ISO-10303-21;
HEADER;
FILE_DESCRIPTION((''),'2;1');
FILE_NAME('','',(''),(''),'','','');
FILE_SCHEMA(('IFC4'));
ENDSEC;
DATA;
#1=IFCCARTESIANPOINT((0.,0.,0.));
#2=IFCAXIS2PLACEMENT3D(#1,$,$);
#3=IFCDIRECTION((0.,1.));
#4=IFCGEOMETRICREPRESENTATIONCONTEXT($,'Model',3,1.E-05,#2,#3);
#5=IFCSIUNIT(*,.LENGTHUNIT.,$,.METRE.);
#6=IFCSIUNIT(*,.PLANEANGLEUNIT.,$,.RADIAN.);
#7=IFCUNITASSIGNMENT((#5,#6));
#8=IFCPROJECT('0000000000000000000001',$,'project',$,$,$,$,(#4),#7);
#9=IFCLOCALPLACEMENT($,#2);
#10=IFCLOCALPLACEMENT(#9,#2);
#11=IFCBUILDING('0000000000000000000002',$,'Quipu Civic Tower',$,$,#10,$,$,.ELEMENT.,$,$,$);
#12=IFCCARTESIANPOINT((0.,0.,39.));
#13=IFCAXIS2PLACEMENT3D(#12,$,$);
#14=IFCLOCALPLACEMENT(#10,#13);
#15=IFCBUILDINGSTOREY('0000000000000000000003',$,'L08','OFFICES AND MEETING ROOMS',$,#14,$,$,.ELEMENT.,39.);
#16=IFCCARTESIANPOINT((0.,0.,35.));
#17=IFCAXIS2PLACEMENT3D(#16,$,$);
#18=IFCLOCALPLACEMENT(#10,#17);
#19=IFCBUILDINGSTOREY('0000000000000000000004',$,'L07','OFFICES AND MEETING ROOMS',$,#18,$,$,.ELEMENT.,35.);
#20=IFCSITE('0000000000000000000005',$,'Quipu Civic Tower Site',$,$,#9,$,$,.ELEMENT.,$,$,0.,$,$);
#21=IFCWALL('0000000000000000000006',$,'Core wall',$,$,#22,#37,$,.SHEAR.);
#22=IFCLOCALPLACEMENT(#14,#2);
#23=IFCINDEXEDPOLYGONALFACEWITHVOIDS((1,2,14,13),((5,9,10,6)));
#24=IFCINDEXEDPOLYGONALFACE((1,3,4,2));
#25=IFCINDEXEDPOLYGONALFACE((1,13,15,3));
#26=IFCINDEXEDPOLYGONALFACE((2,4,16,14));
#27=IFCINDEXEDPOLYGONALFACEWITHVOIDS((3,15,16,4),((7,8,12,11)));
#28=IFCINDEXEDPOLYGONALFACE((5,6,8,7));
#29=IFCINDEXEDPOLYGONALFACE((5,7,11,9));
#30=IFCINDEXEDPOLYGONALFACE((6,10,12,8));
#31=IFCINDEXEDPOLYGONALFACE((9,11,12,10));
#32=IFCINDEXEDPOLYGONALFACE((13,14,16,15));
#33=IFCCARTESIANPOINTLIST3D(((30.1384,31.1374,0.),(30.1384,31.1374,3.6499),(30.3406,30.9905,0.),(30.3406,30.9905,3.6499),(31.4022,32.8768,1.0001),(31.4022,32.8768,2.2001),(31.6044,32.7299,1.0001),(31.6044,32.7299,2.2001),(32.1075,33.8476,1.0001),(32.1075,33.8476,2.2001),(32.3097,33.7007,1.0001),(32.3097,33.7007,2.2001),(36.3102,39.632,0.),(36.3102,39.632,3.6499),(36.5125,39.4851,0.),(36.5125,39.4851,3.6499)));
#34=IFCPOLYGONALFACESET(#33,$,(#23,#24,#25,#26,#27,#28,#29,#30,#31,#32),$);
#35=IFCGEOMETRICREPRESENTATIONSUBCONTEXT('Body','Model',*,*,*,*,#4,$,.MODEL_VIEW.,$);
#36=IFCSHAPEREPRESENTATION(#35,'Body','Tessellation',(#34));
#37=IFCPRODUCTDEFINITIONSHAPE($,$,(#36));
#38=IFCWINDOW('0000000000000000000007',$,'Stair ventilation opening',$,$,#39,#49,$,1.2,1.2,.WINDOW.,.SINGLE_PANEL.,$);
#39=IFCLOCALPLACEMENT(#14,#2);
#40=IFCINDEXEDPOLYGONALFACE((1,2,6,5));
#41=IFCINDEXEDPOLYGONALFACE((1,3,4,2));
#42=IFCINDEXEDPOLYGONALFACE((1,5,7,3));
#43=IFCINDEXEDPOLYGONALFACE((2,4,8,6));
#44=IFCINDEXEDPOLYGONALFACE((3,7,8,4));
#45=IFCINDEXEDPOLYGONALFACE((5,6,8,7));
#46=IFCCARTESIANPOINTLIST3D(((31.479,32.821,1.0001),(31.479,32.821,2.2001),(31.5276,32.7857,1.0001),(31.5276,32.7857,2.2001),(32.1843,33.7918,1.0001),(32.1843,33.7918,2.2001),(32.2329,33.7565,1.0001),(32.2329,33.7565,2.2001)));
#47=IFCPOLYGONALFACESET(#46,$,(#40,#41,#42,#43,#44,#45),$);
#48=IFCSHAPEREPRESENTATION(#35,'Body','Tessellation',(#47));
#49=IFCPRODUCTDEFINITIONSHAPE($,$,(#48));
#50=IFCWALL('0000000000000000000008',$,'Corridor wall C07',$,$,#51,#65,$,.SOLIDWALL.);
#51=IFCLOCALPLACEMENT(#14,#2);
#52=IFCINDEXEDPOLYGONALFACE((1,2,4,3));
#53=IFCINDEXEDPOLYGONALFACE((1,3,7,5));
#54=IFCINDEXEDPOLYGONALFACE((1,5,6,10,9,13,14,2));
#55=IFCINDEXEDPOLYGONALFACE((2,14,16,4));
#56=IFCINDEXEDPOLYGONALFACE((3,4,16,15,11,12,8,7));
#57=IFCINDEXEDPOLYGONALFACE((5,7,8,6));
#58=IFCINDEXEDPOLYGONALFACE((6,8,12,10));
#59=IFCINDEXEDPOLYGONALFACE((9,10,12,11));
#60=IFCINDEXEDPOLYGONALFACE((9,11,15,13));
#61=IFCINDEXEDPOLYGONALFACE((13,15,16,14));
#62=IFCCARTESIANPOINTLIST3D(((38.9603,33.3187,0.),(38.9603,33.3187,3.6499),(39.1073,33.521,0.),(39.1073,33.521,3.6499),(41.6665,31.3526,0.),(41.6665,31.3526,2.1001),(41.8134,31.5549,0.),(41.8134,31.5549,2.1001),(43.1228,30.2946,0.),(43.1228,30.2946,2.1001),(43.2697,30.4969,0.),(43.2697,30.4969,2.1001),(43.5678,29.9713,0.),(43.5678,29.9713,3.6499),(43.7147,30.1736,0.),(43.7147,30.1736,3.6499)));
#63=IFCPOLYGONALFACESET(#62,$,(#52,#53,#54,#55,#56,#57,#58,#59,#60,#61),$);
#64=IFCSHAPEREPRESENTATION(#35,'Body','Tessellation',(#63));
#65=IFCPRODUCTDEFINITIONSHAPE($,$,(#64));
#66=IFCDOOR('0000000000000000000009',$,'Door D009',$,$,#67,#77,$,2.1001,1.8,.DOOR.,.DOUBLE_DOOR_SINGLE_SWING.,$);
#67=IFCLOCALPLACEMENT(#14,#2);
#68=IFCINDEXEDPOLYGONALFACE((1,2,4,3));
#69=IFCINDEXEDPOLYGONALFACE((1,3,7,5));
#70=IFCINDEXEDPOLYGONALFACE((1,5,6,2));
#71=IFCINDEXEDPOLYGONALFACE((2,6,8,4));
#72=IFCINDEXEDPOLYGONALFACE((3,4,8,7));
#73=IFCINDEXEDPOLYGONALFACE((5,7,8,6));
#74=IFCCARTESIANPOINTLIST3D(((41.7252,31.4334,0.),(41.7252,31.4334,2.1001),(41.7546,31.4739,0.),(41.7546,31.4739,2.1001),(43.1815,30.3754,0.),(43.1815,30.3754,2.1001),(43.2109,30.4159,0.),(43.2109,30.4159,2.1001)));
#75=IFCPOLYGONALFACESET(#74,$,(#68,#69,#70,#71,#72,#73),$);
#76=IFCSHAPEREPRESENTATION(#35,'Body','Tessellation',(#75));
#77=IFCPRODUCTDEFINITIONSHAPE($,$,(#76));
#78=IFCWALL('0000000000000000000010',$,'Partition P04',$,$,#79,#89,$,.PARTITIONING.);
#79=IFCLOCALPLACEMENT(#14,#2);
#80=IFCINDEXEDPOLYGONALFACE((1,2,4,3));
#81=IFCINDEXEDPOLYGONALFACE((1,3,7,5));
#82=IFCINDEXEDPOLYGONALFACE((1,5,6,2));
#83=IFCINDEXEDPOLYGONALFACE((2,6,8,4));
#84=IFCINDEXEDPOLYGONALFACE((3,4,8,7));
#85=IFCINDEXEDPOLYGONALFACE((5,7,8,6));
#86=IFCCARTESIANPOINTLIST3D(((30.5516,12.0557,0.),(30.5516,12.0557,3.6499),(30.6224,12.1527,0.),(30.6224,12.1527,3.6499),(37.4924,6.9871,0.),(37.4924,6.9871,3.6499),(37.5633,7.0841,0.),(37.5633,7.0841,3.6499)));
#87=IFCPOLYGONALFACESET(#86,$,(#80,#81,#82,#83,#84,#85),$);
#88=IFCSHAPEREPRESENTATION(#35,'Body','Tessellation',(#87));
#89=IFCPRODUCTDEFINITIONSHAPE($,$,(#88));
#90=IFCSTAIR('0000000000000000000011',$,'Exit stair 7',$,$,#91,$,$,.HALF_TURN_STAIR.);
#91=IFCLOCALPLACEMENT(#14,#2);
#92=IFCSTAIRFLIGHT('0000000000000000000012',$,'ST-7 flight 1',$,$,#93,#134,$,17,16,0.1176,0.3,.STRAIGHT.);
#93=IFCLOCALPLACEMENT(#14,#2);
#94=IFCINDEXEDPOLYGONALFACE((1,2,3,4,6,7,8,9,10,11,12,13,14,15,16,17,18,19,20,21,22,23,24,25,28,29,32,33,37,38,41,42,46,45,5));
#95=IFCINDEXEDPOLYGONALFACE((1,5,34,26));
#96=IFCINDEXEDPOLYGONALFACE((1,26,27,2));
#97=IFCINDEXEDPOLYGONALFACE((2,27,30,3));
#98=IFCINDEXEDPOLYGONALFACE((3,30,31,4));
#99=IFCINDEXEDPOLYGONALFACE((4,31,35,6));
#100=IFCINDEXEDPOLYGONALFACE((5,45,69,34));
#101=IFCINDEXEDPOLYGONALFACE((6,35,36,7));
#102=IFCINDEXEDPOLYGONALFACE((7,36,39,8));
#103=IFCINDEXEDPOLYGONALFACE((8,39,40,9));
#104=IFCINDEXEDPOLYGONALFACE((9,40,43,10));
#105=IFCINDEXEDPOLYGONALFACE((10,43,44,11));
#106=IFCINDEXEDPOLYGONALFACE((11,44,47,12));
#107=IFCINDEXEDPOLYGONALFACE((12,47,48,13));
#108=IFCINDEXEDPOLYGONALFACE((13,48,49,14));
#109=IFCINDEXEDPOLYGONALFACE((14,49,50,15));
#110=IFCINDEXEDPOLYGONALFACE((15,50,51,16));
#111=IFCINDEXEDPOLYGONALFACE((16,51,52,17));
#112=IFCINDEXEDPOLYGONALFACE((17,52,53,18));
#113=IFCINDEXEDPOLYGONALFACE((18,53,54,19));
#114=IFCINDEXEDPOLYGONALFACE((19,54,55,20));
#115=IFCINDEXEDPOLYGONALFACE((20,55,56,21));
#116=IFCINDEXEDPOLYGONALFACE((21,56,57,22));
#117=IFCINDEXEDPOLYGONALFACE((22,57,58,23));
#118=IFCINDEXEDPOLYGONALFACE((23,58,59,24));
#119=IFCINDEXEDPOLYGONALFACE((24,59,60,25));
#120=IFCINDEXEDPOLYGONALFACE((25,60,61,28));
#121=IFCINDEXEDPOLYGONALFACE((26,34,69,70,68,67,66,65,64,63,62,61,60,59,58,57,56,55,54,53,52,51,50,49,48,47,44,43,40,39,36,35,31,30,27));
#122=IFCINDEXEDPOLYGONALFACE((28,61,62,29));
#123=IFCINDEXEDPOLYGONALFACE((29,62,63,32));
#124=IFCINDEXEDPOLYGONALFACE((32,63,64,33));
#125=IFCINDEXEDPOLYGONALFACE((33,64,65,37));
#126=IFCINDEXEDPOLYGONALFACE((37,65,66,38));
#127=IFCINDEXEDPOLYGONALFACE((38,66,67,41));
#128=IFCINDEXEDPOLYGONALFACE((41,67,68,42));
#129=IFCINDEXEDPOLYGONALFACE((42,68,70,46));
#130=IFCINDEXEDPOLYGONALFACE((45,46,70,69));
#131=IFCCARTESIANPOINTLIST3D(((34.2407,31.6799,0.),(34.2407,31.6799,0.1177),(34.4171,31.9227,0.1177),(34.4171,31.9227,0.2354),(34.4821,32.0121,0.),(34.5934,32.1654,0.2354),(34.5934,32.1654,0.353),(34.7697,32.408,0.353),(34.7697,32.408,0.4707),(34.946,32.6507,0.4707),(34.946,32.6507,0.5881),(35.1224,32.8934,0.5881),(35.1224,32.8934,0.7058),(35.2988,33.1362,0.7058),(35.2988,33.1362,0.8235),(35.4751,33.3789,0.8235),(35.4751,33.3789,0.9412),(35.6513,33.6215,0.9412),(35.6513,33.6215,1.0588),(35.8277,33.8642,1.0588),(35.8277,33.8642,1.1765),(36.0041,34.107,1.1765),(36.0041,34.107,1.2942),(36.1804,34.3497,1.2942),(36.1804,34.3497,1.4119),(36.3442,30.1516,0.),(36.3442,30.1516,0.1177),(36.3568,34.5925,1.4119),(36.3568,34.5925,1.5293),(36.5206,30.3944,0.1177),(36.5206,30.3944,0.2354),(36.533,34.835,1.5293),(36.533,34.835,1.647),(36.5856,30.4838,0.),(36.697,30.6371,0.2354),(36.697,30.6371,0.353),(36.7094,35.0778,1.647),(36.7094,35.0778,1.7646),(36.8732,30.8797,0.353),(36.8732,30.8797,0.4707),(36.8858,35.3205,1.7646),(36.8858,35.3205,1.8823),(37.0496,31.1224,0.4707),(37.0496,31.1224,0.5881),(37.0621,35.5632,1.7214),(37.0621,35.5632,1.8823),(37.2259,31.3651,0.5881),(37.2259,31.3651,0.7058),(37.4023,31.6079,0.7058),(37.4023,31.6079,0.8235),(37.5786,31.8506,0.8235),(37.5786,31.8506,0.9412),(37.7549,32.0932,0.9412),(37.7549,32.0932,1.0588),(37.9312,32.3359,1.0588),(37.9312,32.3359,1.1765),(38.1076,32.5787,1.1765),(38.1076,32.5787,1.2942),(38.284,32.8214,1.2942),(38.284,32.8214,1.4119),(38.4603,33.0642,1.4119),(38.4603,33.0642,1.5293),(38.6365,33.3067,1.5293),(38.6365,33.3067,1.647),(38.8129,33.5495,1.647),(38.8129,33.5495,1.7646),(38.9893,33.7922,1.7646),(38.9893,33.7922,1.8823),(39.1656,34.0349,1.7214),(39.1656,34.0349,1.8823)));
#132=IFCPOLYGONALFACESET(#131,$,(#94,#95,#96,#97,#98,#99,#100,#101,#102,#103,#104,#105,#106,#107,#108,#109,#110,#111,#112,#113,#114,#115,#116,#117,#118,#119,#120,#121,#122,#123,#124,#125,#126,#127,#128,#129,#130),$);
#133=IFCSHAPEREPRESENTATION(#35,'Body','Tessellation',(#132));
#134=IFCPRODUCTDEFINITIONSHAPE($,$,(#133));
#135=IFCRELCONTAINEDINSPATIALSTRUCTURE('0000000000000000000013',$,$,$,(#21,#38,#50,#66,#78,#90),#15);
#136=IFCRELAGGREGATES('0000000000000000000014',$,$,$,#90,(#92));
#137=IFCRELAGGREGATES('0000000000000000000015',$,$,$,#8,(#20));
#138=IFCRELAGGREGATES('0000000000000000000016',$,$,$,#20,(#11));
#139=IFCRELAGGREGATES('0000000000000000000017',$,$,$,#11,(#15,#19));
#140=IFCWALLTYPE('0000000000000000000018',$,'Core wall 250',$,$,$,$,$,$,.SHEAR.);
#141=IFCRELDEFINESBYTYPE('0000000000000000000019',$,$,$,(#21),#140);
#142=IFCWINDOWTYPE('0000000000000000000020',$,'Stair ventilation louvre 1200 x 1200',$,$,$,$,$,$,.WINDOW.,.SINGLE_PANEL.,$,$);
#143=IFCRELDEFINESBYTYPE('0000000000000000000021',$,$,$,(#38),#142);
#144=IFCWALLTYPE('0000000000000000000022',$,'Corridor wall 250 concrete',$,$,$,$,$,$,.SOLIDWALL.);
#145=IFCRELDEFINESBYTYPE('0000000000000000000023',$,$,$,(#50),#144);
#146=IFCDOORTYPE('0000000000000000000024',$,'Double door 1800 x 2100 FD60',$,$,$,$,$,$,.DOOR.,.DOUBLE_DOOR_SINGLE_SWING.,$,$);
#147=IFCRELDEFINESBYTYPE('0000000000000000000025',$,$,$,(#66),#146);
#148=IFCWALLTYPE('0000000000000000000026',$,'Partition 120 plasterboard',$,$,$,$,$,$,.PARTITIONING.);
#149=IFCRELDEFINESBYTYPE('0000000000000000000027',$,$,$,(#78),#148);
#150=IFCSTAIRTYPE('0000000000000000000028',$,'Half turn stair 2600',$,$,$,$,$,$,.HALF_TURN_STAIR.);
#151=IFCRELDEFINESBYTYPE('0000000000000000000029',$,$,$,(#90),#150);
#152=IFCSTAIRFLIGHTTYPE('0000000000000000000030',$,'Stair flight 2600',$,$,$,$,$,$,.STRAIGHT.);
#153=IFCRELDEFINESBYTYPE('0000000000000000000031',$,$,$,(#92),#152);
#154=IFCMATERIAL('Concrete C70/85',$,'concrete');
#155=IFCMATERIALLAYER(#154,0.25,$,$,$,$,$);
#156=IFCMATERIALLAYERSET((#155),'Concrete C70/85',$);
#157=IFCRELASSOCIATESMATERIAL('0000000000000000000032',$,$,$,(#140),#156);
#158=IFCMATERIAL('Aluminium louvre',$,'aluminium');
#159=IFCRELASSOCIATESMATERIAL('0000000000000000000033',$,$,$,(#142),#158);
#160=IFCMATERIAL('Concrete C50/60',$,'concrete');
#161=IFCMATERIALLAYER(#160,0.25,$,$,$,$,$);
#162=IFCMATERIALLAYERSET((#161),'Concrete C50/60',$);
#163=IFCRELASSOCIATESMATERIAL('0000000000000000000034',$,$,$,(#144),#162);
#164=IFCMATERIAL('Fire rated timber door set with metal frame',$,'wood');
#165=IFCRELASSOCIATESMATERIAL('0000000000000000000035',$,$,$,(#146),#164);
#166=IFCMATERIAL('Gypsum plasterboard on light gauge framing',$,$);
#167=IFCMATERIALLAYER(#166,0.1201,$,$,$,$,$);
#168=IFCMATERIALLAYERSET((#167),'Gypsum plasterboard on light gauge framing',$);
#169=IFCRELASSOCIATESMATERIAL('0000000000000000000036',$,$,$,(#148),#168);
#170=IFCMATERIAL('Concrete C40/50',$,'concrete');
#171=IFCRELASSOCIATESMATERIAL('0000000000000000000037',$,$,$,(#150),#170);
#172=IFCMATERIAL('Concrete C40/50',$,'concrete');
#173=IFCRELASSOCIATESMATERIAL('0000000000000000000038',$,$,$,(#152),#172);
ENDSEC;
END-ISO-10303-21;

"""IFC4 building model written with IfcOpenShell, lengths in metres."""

from ifc_helpers import new_model, si_unit, direction, frame, frame_2d, origin, place, context, subcontext, project, spatial, polyline, rectangle, outline, extrude, material, layer, layer_set, type_object, element, fill, aggregate, save


model = new_model("IFC4")

# Units and contexts
model_context = context("Model", 3, precision=1e-05, world=origin(), true_north=direction((0.0, 1.0)))
body_context = subcontext(model_context, "Body", "Model", "MODEL_VIEW")
ifc_project = project(units=[si_unit("LENGTHUNIT", "METRE"), si_unit("PLANEANGLEUNIT", "RADIAN")], contexts=[model_context])

# Site, building, storey
site_placement = place(None, origin())
site = spatial("IfcSite", under=ifc_project, at=site_placement, Name="Quipu Civic Tower Site", CompositionType="ELEMENT", RefElevation=0.0)
building_placement = place(site_placement, origin())
building = spatial("IfcBuilding", under=site, at=building_placement, Name="Quipu Civic Tower", CompositionType="ELEMENT")
storey_1_placement = place(building_placement, frame((0.0, 0.0, 39.0)))
storey_1 = spatial("IfcBuildingStorey", under=building, at=storey_1_placement, Name="L08", Description="OFFICES AND MEETING ROOMS", CompositionType="ELEMENT", Elevation=39.0)

# Shared definitions
storey_2_placement = place(building_placement, frame((0.0, 0.0, 35.0)))
storey_2 = spatial("IfcBuildingStorey", under=building, at=storey_2_placement, Name="L07", Description="OFFICES AND MEETING ROOMS", CompositionType="ELEMENT", Elevation=35.0)

# Shared definitions
ifc_material_1 = material(Name="Concrete C70/85", Category="concrete")
ifc_layer_1 = layer(ifc_material_1, 0.25)
ifc_layer_set_1 = layer_set([ifc_layer_1], Name="Concrete C70/85")
wall_type_1 = type_object("IfcWallType", Name="Core wall 250", PredefinedType="SHEAR", material=ifc_layer_set_1)

# Wall, opening, window
wall_1_placement = place(storey_1_placement, frame((30.2395, 31.064, 0.0), z_axis=(0.0, 0.0, 1.0), x_axis=(0.587796, 0.809009, 0.0)))
wall_1 = element("IfcWall", 1, at=wall_1_placement, inside=storey_1, type_object=wall_type_1, Name="Core wall", PredefinedType="SHEAR", context=body_context, shape_type="SweptSolid", body=[
    extrude(rectangle(XDim=10.5, YDim=0.25, at=frame_2d((5.25, 0.0))), origin(), (0.0, 0.0, 1.0), 3.6499),
])
opening_1_placement = place(wall_1_placement, frame((2.1499, 0.0, 1.0)))
opening_1 = element("IfcOpeningElement", 2, at=opening_1_placement, cuts=wall_1, PredefinedType="OPENING", context=body_context, shape_type="SweptSolid", body=[
    extrude(rectangle(XDim=1.2, YDim=1.2, at=frame_2d((0.6001, 0.6001))), frame((0.0, 0.135, 0.0), z_axis=(0.0, -1.0, 0.0), x_axis=(1.0, 0.0, 0.0)), (0.0, 0.0, 1.0), 0.27),
])
ifc_material_2 = material(Name="Aluminium louvre", Category="aluminium")
window_type = type_object("IfcWindowType", Name="Stair ventilation louvre 1200 x 1200", PartitioningType="SINGLE_PANEL", PredefinedType="WINDOW", material=ifc_material_2)
window_placement = place(opening_1_placement, origin())
window = element("IfcWindow", 3, at=window_placement, inside=storey_1, type_object=window_type, Name="Stair ventilation opening", OverallHeight=1.2, OverallWidth=1.2, PartitioningType="SINGLE_PANEL", PredefinedType="WINDOW", context=body_context, shape_type="SweptSolid", body=[
    extrude(rectangle(XDim=1.2, YDim=1.2, at=frame_2d((0.6001, 0.6001))), frame((0.0, 0.03, 0.0), z_axis=(0.0, -1.0, 0.0), x_axis=(1.0, 0.0, 0.0)), (0.0, 0.0, 1.0), 0.0601),
])
fill(opening_1, window)

# Wall, opening, door
ifc_material_3 = material(Name="Concrete C50/60", Category="concrete")
ifc_layer_2 = layer(ifc_material_3, 0.25)
ifc_layer_set_2 = layer_set([ifc_layer_2], Name="Concrete C50/60")
wall_type_2 = type_object("IfcWallType", Name="Corridor wall 250 concrete", PredefinedType="SOLIDWALL", material=ifc_layer_set_2)
wall_2_placement = place(storey_1_placement, frame((39.0337, 33.4199, 0.0), z_axis=(0.0, 0.0, 1.0), x_axis=(0.809023, -0.587777, 0.0)))
wall_2 = element("IfcWall", 4, at=wall_2_placement, inside=storey_1, type_object=wall_type_2, Name="Corridor wall C07", PredefinedType="SOLIDWALL", context=body_context, shape_type="SweptSolid", body=[
    extrude(rectangle(XDim=5.6951, YDim=0.25, at=frame_2d((2.8477, 0.0))), origin(), (0.0, 0.0, 1.0), 3.6499),
])
opening_2_placement = place(wall_2_placement, frame((3.3452, 0.0, 0.0)))
opening_2 = element("IfcOpeningElement", 5, at=opening_2_placement, cuts=wall_2, PredefinedType="OPENING", context=body_context, shape_type="SweptSolid", body=[
    extrude(rectangle(XDim=1.8, YDim=2.1001, at=frame_2d((0.8999, 1.05))), frame((0.0, 0.135, 0.0), z_axis=(0.0, -1.0, 0.0), x_axis=(1.0, 0.0, 0.0)), (0.0, 0.0, 1.0), 0.27),
])
ifc_material_4 = material(Name="Fire rated timber door set with metal frame", Category="wood")
door_type_1 = type_object("IfcDoorType", Name="Double door 1800 x 2100 FD60", OperationType="DOUBLE_DOOR_SINGLE_SWING", PredefinedType="DOOR", material=ifc_material_4)
door_1_placement = place(opening_2_placement, origin())
door_1 = element("IfcDoor", 6, at=door_1_placement, inside=storey_1, type_object=door_type_1, Name="Door D009", OperationType="DOUBLE_DOOR_SINGLE_SWING", OverallHeight=2.1001, OverallWidth=1.8, PredefinedType="DOOR", context=body_context, shape_type="SweptSolid", body=[
    extrude(rectangle(XDim=1.8, YDim=2.1001, at=frame_2d((0.8999, 1.05))), frame((0.0, 0.0249, 0.0), z_axis=(0.0, -1.0, 0.0), x_axis=(1.0, 0.0, 0.0)), (0.0, 0.0, 1.0), 0.05),
])
fill(opening_2, door_1)

# Wall
ifc_material_5 = material(Name="Gypsum plasterboard on light gauge framing")
ifc_layer_3 = layer(ifc_material_5, 0.1201)
ifc_layer_set_3 = layer_set([ifc_layer_3], Name="Gypsum plasterboard on light gauge framing")
wall_type_3 = type_object("IfcWallType", Name="Partition 120 plasterboard", PredefinedType="PARTITIONING", material=ifc_layer_set_3)
wall_3_placement = place(storey_1_placement, frame((30.5869, 12.1042, 0.0), z_axis=(0.0, 0.0, 1.0), x_axis=(0.807591, -0.589743, 0.0)))
element("IfcWall", 7, at=wall_3_placement, inside=storey_1, type_object=wall_type_3, Name="Partition P04", PredefinedType="PARTITIONING", context=body_context, shape_type="SweptSolid", body=[
    extrude(rectangle(XDim=8.5945, YDim=0.1201, at=frame_2d((4.2974, 0.0))), origin(), (0.0, 0.0, 1.0), 3.6499),
])

# Stair, stair flight
ifc_material_6 = material(Name="Concrete C40/50", Category="concrete")
stair_type = type_object("IfcStairType", Name="Half turn stair 2600", PredefinedType="HALF_TURN_STAIR", material=ifc_material_6)
stair_placement = place(storey_1_placement, origin())
stair = element("IfcStair", 8, at=stair_placement, inside=storey_1, type_object=stair_type, Name="Exit stair 7", PredefinedType="HALF_TURN_STAIR")
ifc_material_7 = material(Name="Concrete C40/50", Category="concrete")
stair_flight_type = type_object("IfcStairFlightType", Name="Stair flight 2600", PredefinedType="STRAIGHT", material=ifc_material_7)
stair_flight_1_placement = place(storey_1_placement, frame((35.2925, 30.9158, 0.0), z_axis=(0.0, 0.0, 1.0), x_axis=(0.587785, 0.809017, 0.0)))
stair_flight_1 = element("IfcStairFlight", 9, at=stair_flight_1_placement, type_object=stair_flight_type, Name="ST-7 flight 1", NumberOfRisers=17, NumberOfTreads=16, PredefinedType="STRAIGHT", RiserHeight=0.1176, TreadLength=0.3, context=body_context, shape_type="SweptSolid", body=[
    extrude(outline(polyline([(0.0, 0.0), (0.0, 0.1177), (0.3, 0.1177), (0.3, 0.2354), (0.6001, 0.2354), (0.6001, 0.353), (0.8999, 0.353), (0.8999, 0.4707), (1.2, 0.4707), (1.2, 0.5881), (1.5, 0.5881), (1.5, 0.7058), (1.8, 0.7058), (1.8, 0.8235), (2.1001, 0.8235), (2.1001, 0.9412), (2.3999, 0.9412), (2.3999, 1.0588), (2.7, 1.0588), (2.7, 1.1765), (3.0, 1.1765), (3.0, 1.2942), (3.3, 1.2942), (3.3, 1.4119), (3.6001, 1.4119), (3.6001, 1.5293), (3.8999, 1.5293), (3.8999, 1.647), (4.2, 1.647), (4.2, 1.7646), (4.5, 1.7646), (4.5, 1.8823), (4.8, 1.8823), (4.8, 2.0), (4.8, 1.7214), (0.4106, 0.0), (0.0, 0.0)])), frame((0.0, 1.3, 0.0), z_axis=(0.0, -1.0, 0.0), x_axis=(1.0, 0.0, 0.0)), (0.0, 0.0, 1.0), 2.6001),
])
aggregate(stair, [stair_flight_1])

save(model, "model.ifc")
